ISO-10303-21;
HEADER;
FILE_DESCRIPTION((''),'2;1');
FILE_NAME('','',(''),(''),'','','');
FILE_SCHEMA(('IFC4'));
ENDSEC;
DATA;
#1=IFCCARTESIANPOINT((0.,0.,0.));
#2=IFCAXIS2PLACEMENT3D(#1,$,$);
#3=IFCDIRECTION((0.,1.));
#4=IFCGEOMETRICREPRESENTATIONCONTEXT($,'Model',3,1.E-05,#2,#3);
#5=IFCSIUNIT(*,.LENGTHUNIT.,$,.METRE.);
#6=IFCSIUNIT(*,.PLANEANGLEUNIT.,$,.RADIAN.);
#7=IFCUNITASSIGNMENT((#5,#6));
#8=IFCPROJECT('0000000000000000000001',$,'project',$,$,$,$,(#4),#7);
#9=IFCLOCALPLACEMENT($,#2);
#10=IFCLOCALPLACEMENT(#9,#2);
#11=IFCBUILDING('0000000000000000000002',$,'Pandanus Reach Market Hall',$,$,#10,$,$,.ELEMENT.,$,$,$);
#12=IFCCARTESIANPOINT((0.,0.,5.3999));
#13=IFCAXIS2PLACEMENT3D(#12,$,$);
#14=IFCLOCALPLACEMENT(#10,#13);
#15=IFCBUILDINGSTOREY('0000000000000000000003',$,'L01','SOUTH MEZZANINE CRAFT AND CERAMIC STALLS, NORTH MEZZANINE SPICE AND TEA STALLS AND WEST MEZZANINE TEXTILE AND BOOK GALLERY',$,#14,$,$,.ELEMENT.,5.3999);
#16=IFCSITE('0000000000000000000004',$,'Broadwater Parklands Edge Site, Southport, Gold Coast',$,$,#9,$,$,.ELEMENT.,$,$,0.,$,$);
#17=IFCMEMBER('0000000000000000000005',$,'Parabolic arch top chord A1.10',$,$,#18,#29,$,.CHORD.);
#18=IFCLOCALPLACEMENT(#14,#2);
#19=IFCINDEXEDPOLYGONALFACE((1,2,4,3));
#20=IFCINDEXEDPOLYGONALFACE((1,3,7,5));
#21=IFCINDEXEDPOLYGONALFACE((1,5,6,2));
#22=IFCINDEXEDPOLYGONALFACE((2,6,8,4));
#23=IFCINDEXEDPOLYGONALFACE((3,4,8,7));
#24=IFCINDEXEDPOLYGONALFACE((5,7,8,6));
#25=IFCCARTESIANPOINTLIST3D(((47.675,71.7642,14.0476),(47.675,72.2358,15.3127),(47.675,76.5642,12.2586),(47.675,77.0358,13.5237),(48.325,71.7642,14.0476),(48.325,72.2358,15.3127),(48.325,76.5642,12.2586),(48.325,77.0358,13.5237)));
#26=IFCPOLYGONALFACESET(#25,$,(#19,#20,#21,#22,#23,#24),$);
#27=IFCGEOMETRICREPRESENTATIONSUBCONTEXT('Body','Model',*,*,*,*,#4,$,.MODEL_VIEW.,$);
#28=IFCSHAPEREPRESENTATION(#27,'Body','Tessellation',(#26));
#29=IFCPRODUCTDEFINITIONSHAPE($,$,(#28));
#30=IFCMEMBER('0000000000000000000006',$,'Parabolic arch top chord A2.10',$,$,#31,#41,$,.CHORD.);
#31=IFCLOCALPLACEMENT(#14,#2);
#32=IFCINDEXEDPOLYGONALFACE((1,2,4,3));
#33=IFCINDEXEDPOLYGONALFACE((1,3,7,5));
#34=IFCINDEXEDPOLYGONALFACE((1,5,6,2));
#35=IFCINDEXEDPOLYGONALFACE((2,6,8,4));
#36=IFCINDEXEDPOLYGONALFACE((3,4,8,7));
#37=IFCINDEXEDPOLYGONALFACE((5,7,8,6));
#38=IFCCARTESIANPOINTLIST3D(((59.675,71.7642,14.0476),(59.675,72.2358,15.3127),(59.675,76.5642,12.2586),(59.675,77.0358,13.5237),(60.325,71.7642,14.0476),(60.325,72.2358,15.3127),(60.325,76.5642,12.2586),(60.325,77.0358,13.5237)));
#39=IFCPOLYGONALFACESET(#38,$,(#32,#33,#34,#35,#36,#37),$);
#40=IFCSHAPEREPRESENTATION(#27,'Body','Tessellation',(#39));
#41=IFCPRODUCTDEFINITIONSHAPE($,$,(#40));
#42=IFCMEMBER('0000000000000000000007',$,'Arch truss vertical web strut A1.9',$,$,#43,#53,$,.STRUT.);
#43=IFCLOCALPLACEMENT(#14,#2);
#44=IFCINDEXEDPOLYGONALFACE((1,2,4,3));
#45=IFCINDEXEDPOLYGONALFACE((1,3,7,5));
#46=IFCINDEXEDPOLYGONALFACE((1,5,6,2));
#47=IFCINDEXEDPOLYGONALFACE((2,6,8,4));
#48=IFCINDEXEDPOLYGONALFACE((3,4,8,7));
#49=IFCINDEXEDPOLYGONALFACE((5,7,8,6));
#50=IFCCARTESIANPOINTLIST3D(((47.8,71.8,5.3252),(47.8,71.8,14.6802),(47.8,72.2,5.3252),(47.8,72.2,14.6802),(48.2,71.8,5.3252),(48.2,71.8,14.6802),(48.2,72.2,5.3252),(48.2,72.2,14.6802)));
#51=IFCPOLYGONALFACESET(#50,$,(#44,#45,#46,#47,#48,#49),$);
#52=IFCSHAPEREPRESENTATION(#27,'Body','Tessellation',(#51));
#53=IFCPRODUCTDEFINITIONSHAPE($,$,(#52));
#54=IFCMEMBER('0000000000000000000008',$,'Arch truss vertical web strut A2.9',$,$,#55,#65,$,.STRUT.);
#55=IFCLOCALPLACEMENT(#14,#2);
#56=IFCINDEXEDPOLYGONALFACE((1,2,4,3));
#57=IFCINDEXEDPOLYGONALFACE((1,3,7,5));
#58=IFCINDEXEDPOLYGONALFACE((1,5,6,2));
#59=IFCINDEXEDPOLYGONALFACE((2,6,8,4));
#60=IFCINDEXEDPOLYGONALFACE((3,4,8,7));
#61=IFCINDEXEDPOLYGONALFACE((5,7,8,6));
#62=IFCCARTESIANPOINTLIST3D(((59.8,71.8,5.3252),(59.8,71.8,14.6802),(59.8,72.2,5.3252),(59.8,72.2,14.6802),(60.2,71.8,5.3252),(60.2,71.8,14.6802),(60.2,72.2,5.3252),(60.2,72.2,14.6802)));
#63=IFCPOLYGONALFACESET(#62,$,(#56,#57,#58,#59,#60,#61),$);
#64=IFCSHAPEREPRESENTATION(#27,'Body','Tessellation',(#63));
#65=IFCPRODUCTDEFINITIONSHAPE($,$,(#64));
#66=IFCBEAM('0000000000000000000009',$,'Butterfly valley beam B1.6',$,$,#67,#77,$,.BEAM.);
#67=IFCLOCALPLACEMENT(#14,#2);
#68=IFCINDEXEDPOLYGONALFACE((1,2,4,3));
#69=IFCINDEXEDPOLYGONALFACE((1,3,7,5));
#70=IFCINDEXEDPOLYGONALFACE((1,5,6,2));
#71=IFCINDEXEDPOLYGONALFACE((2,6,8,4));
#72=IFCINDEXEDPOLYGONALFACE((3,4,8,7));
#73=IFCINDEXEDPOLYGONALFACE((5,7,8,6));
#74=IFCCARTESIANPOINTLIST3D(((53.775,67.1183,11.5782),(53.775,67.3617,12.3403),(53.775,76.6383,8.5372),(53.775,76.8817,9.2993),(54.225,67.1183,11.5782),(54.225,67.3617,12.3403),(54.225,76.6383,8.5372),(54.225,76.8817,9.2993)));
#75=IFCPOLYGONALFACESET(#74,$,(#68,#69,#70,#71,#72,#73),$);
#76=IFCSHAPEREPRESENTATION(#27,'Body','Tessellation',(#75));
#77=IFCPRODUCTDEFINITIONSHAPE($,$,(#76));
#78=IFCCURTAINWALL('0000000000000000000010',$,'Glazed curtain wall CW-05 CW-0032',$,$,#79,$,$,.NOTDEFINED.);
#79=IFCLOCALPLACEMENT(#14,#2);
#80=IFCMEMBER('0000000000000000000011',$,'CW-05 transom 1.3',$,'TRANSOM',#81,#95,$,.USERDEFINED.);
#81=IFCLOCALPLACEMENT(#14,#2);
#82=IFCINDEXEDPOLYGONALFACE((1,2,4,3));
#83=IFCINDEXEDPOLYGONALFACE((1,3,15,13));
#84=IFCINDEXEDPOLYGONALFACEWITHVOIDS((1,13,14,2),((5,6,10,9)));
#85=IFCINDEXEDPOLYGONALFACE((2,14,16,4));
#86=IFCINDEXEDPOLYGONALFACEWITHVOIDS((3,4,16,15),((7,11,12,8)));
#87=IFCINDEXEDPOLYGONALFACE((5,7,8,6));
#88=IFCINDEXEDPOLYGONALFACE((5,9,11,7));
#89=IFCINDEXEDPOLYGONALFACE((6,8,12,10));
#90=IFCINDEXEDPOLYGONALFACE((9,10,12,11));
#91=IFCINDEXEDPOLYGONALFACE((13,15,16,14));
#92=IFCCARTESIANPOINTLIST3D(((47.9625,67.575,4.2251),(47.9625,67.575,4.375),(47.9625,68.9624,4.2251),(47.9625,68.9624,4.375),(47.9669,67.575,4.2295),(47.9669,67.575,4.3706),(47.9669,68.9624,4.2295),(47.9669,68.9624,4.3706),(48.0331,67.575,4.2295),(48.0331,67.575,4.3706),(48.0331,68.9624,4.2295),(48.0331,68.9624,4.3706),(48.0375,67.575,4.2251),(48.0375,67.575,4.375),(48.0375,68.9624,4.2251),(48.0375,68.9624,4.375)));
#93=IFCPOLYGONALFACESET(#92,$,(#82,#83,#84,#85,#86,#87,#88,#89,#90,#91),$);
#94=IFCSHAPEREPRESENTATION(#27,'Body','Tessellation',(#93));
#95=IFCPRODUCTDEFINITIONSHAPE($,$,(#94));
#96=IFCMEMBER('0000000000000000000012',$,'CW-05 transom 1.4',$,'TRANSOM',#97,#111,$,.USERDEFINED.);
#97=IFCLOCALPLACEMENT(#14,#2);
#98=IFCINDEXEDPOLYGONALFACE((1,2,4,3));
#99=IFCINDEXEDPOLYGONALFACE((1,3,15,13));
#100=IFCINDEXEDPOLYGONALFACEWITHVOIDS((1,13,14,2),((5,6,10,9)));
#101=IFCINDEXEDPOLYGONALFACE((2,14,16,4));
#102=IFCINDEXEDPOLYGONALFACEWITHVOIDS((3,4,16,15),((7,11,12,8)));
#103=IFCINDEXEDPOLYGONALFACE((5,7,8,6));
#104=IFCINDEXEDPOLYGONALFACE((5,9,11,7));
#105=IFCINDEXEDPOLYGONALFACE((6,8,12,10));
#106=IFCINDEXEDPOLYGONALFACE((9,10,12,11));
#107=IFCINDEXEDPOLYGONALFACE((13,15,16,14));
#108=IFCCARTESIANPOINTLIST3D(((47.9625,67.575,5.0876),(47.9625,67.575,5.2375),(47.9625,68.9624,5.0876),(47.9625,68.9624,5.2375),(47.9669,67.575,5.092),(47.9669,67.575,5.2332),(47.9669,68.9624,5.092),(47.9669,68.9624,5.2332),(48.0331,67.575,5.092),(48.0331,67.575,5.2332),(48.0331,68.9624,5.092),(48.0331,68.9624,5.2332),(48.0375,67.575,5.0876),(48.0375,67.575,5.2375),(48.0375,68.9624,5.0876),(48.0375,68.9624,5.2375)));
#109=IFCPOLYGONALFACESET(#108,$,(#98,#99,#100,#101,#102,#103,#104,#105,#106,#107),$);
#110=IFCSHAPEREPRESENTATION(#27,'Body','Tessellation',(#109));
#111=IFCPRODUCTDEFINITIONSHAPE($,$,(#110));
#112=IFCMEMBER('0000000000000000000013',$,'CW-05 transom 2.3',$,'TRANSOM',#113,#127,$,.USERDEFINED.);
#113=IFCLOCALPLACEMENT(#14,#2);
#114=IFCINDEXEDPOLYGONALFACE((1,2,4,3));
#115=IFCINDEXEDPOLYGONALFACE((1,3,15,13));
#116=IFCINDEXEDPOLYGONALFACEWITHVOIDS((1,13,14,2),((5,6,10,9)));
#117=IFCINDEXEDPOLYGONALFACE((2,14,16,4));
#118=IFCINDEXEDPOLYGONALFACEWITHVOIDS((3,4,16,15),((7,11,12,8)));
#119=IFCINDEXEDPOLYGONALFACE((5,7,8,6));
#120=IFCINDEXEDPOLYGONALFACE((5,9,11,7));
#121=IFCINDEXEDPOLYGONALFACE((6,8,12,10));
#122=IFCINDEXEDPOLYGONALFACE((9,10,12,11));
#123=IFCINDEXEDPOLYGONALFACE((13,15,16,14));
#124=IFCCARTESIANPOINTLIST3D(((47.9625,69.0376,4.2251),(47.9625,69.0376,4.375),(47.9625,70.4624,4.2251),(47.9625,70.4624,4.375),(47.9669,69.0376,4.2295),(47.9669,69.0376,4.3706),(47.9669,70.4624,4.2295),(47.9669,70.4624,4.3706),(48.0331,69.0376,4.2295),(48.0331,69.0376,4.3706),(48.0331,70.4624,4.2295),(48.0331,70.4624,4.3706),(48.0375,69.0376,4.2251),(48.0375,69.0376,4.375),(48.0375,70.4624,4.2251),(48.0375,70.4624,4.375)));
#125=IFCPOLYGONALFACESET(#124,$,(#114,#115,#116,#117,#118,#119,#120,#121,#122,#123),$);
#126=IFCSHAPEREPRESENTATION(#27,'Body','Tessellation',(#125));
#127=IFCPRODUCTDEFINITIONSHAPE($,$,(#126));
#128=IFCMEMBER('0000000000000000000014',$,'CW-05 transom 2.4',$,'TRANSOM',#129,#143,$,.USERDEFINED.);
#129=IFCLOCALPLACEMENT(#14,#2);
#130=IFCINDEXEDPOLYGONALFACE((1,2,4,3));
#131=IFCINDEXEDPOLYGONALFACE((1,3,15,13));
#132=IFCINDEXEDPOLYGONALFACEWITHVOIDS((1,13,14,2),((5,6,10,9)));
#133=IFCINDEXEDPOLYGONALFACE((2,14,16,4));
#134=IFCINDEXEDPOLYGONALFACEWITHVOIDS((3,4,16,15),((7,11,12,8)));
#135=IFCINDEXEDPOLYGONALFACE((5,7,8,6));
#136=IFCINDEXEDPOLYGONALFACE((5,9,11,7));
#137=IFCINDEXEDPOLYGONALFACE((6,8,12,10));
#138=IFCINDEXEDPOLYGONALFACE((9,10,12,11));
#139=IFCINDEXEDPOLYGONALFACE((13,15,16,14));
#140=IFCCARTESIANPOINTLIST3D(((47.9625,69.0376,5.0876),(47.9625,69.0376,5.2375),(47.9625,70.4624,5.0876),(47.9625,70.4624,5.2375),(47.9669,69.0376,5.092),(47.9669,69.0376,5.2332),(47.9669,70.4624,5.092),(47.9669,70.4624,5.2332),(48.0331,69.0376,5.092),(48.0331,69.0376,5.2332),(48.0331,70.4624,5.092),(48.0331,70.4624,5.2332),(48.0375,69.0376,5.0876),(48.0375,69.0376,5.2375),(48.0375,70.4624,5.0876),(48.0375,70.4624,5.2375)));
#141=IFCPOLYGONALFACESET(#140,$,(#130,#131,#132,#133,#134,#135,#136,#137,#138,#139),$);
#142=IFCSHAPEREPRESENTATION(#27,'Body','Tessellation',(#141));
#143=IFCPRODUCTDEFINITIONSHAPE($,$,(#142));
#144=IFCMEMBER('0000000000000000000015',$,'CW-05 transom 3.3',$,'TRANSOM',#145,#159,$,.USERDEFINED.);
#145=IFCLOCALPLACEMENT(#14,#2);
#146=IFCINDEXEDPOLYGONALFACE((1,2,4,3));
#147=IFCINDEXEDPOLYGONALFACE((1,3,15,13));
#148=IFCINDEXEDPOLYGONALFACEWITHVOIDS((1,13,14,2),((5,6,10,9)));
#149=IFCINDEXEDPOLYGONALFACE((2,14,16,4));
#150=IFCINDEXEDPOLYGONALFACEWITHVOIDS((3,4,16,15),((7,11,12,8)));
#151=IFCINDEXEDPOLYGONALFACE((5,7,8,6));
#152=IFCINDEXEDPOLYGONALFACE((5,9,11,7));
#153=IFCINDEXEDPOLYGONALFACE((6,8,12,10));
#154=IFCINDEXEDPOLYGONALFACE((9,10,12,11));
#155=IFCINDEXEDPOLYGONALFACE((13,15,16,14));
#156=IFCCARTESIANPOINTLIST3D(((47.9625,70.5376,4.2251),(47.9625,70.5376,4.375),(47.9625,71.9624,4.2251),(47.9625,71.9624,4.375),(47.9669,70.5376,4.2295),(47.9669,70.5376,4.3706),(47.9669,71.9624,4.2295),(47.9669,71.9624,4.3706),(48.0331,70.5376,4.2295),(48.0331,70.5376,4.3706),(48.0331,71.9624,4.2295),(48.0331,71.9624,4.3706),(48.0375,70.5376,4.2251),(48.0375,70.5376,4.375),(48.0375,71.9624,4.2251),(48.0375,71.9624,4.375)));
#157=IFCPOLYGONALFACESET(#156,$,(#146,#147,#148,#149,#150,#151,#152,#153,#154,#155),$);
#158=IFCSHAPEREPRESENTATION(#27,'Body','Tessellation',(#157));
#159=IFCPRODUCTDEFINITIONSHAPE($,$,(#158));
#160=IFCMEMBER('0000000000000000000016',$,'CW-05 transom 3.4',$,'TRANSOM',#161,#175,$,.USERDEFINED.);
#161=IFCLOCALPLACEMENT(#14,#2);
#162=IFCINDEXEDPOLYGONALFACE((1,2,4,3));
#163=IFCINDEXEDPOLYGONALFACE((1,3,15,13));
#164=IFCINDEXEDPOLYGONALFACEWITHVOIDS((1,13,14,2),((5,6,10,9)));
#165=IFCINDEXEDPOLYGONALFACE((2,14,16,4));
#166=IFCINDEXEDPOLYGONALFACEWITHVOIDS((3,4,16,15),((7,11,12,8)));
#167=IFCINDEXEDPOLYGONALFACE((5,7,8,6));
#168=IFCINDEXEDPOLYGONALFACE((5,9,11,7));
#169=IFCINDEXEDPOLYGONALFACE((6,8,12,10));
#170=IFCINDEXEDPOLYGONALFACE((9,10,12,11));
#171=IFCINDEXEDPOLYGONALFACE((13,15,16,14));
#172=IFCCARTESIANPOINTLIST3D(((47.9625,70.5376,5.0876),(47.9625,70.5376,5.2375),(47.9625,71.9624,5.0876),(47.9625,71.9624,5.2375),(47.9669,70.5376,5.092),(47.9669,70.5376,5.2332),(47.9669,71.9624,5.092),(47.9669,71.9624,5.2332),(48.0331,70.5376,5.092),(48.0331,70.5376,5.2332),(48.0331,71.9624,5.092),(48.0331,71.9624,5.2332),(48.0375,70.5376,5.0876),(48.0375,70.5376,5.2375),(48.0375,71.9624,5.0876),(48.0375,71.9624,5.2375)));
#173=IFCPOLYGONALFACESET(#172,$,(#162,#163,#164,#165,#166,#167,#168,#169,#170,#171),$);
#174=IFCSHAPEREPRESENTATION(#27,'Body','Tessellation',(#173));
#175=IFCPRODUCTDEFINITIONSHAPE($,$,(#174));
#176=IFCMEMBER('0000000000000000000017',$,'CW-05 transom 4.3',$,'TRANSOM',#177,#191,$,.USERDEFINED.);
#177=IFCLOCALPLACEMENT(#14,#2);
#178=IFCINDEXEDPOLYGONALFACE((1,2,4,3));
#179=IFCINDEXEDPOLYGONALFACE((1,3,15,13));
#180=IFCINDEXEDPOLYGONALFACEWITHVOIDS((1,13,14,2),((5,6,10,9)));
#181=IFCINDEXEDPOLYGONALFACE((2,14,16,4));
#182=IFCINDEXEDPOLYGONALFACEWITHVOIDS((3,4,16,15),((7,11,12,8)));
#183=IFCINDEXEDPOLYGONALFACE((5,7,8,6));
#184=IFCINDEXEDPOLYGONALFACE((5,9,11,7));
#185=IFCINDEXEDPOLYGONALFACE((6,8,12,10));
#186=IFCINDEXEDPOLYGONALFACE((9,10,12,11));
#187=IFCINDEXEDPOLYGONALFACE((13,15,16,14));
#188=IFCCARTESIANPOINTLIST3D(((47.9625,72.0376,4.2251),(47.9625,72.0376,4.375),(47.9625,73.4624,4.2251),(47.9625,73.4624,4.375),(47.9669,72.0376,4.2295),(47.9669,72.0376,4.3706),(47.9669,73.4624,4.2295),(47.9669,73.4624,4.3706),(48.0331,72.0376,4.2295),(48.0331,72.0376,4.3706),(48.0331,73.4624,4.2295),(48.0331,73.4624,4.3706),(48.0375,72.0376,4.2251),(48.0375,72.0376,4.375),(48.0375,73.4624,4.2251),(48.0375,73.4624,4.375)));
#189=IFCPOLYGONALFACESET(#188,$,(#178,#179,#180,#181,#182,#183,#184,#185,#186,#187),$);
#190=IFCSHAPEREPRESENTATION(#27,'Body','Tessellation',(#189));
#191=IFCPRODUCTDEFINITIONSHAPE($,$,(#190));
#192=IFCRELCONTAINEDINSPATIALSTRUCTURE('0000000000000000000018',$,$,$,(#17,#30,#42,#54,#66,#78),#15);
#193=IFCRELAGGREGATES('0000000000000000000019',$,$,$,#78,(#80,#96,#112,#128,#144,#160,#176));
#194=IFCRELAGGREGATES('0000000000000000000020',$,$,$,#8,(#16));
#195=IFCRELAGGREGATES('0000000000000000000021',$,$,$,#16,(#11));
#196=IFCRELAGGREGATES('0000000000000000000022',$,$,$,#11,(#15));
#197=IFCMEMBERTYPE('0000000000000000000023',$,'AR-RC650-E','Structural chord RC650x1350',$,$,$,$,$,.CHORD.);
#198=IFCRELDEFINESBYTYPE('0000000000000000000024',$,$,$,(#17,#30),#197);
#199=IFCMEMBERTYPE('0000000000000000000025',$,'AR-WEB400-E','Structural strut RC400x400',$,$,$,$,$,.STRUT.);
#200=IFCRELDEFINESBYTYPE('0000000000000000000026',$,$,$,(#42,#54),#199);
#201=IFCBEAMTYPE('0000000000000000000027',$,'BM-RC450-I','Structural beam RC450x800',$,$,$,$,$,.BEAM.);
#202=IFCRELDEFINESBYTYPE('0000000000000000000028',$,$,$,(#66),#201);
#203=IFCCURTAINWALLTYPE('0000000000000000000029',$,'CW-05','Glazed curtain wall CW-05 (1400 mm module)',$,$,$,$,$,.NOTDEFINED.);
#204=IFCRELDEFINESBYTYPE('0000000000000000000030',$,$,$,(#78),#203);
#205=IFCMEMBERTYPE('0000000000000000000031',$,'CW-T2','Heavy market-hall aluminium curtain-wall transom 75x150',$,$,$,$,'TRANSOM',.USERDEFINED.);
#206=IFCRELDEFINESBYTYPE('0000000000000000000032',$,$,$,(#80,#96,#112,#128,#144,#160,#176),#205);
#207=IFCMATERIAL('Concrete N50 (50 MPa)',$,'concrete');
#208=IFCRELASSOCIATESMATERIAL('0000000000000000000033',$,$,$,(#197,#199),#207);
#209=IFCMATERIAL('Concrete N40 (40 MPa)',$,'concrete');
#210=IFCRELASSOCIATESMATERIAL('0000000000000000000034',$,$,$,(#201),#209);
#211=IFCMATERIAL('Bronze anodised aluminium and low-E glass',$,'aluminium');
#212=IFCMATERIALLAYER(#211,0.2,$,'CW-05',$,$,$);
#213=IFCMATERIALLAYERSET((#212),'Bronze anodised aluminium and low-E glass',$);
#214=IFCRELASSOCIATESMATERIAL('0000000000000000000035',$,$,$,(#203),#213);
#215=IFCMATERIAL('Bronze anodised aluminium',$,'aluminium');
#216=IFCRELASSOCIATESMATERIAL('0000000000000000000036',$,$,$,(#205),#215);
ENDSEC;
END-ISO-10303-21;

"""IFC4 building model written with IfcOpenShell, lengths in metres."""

from ifc_helpers import new_model, si_unit, direction, frame, origin, origin_2d, place, context, subcontext, project, spatial, rectangle, hollow_rectangle, extrude, material, layer, layer_set, material_profile, profile_set, type_object, element, aggregate, save


model = new_model("IFC4")

# Units and contexts
model_context = context("Model", 3, precision=1e-05, world=origin(), true_north=direction((0.0, 1.0)))
body_context = subcontext(model_context, "Body", "Model", "MODEL_VIEW")
ifc_project = project(units=[si_unit("LENGTHUNIT", "METRE"), si_unit("PLANEANGLEUNIT", "RADIAN")], contexts=[model_context])

# Site, building, storey
site_placement = place(None, origin())
site = spatial("IfcSite", under=ifc_project, at=site_placement, Name="Broadwater Parklands Edge Site, Southport, Gold Coast", CompositionType="ELEMENT", RefElevation=0.0)
building_placement = place(site_placement, origin())
building = spatial("IfcBuilding", under=site, at=building_placement, Name="Pandanus Reach Market Hall", CompositionType="ELEMENT")
storey_placement = place(building_placement, frame((0.0, 0.0, 5.3999)))
storey = spatial("IfcBuildingStorey", under=building, at=storey_placement, Name="L01", Description="SOUTH MEZZANINE CRAFT AND CERAMIC STALLS, NORTH MEZZANINE SPICE AND TEA STALLS AND WEST MEZZANINE TEXTILE AND BOOK GALLERY", CompositionType="ELEMENT", Elevation=5.3999)

# Members
ifc_material_1 = material(Name="Concrete N50 (50 MPa)", Category="concrete")
ifc_material_profile_1 = material_profile(ifc_material_1, rectangle(XDim=0.6499, YDim=1.3501, at=origin_2d()), Name="RC650x1350", Category="LoadBearing")
ifc_profile_set_1 = profile_set([ifc_material_profile_1], Name="Concrete N50 (50 MPa)")
member_type_1 = type_object("IfcMemberType", Name="AR-RC650-E", Description="Structural chord RC650x1350", PredefinedType="CHORD", material=ifc_profile_set_1)
for number, where, z_axis, x_axis, name in (
    (1, (48.0, 72.0, 14.6802), (0.0, 0.93703, -0.349248), (-1.0, 0.0, 0.0), "Parabolic arch top chord A1.10"),
    (2, (60.0, 72.0, 14.6802), (0.0, 0.93703, -0.349248), (-1.0, 0.0, 0.0), "Parabolic arch top chord A2.10"),
):
    element("IfcMember", number, at=place(storey_placement, frame(where, z_axis=z_axis, x_axis=x_axis)), inside=storey, type_object=member_type_1, Name=name, PredefinedType="CHORD", context=body_context, shape_type="SweptSolid", body=[
        extrude(rectangle(XDim=0.6499, YDim=1.3501, at=origin_2d()), origin(), (0.0, 0.0, 1.0), 5.1226),
    ])
ifc_material_profile_2 = material_profile(ifc_material_1, rectangle(XDim=0.3999, YDim=0.3999, at=origin_2d()), Name="RC400x400", Category="LoadBearing")
ifc_profile_set_2 = profile_set([ifc_material_profile_2], Name="Concrete N50 (50 MPa)")
member_type_2 = type_object("IfcMemberType", Name="AR-WEB400-E", Description="Structural strut RC400x400", PredefinedType="STRUT", material=ifc_profile_set_2)
for number, where, z_axis, x_axis, name in (
    (3, (48.0, 72.0, 5.3252), (0.0, 0.0, 1.0), (1.0, 0.0, 0.0), "Arch truss vertical web strut A1.9"),
    (4, (60.0, 72.0, 5.3252), (0.0, 0.0, 1.0), (1.0, 0.0, 0.0), "Arch truss vertical web strut A2.9"),
):
    element("IfcMember", number, at=place(storey_placement, frame(where, z_axis=z_axis, x_axis=x_axis)), inside=storey, type_object=member_type_2, Name=name, PredefinedType="STRUT", context=body_context, shape_type="SweptSolid", body=[
        extrude(rectangle(XDim=0.3999, YDim=0.3999, at=origin_2d()), origin(), (0.0, 0.0, 1.0), 9.355),
    ])

# Beam
ifc_material_2 = material(Name="Concrete N40 (40 MPa)", Category="concrete")
ifc_material_profile_3 = material_profile(ifc_material_2, rectangle(XDim=0.45, YDim=0.8, at=origin_2d()), Name="RC450x800", Category="LoadBearing")
ifc_profile_set_3 = profile_set([ifc_material_profile_3], Name="Concrete N40 (40 MPa)")
beam_type = type_object("IfcBeamType", Name="BM-RC450-I", Description="Structural beam RC450x800", PredefinedType="BEAM", material=ifc_profile_set_3)
beam_placement = place(storey_placement, frame((54.0, 67.24, 11.9592), z_axis=(0.0, 0.952581, -0.304286), x_axis=(-1.0, 0.0, 0.0)))
element("IfcBeam", 5, at=beam_placement, inside=storey, type_object=beam_type, Name="Butterfly valley beam B1.6", PredefinedType="BEAM", context=body_context, shape_type="SweptSolid", body=[
    extrude(rectangle(XDim=0.45, YDim=0.8, at=origin_2d()), origin(), (0.0, 0.0, 1.0), 9.9939),
])

# Curtain wall, members
ifc_material_3 = material(Name="Bronze anodised aluminium and low-E glass", Category="aluminium")
ifc_layer_1 = layer(ifc_material_3, 0.2, Name="CW-05")
ifc_layer_set_1 = layer_set([ifc_layer_1], Name="Bronze anodised aluminium and low-E glass")
curtain_wall_type = type_object("IfcCurtainWallType", Name="CW-05", Description="Glazed curtain wall CW-05 (1400 mm module)", PredefinedType="NOTDEFINED", material=ifc_layer_set_1)
curtain_wall_placement = place(storey_placement, origin())
curtain_wall = element("IfcCurtainWall", 6, at=curtain_wall_placement, inside=storey, type_object=curtain_wall_type, Name="Glazed curtain wall CW-05 CW-0032", PredefinedType="NOTDEFINED")
ifc_material_4 = material(Name="Bronze anodised aluminium", Category="aluminium")
ifc_material_profile_4 = material_profile(ifc_material_4, hollow_rectangle(XDim=0.075, YDim=0.1499, WallThickness=0.0044, at=origin_2d()), Name="ALU75x150", Category="LoadBearing")
ifc_profile_set_4 = profile_set([ifc_material_profile_4], Name="Bronze anodised aluminium")
member_type_3 = type_object("IfcMemberType", Name="CW-T2", Description="Heavy market-hall aluminium curtain-wall transom 75x150", ElementType="TRANSOM", PredefinedType="USERDEFINED", material=ifc_profile_set_4)
member_1_placement = place(storey_placement, frame((48.0, 67.575, 4.3), z_axis=(0.0, 1.0, 0.0), x_axis=(-1.0, 0.0, 0.0)))
member_1 = element("IfcMember", 7, at=member_1_placement, type_object=member_type_3, Name="CW-05 transom 1.3", ObjectType="TRANSOM", PredefinedType="USERDEFINED", context=body_context, shape_type="SweptSolid", body=[
    extrude(hollow_rectangle(XDim=0.075, YDim=0.1499, WallThickness=0.0044, at=origin_2d()), origin(), (0.0, 0.0, 1.0), 1.3875),
])
member_2_placement = place(storey_placement, frame((48.0, 67.575, 5.1626), z_axis=(0.0, 1.0, 0.0), x_axis=(-1.0, 0.0, 0.0)))
member_2 = element("IfcMember", 8, at=member_2_placement, type_object=member_type_3, Name="CW-05 transom 1.4", ObjectType="TRANSOM", PredefinedType="USERDEFINED", context=body_context, shape_type="SweptSolid", body=[
    extrude(hollow_rectangle(XDim=0.075, YDim=0.1499, WallThickness=0.0044, at=origin_2d()), origin(), (0.0, 0.0, 1.0), 1.3875),
])
member_3_placement = place(storey_placement, frame((48.0, 69.0376, 4.3), z_axis=(0.0, 1.0, 0.0), x_axis=(-1.0, 0.0, 0.0)))
member_3 = element("IfcMember", 9, at=member_3_placement, type_object=member_type_3, Name="CW-05 transom 2.3", ObjectType="TRANSOM", PredefinedType="USERDEFINED", context=body_context, shape_type="SweptSolid", body=[
    extrude(hollow_rectangle(XDim=0.075, YDim=0.1499, WallThickness=0.0044, at=origin_2d()), origin(), (0.0, 0.0, 1.0), 1.4248),
])
member_4_placement = place(storey_placement, frame((48.0, 69.0376, 5.1626), z_axis=(0.0, 1.0, 0.0), x_axis=(-1.0, 0.0, 0.0)))
member_4 = element("IfcMember", 10, at=member_4_placement, type_object=member_type_3, Name="CW-05 transom 2.4", ObjectType="TRANSOM", PredefinedType="USERDEFINED", context=body_context, shape_type="SweptSolid", body=[
    extrude(hollow_rectangle(XDim=0.075, YDim=0.1499, WallThickness=0.0044, at=origin_2d()), origin(), (0.0, 0.0, 1.0), 1.4248),
])
member_5_placement = place(storey_placement, frame((48.0, 70.5376, 4.3), z_axis=(0.0, 1.0, 0.0), x_axis=(-1.0, 0.0, 0.0)))
member_5 = element("IfcMember", 11, at=member_5_placement, type_object=member_type_3, Name="CW-05 transom 3.3", ObjectType="TRANSOM", PredefinedType="USERDEFINED", context=body_context, shape_type="SweptSolid", body=[
    extrude(hollow_rectangle(XDim=0.075, YDim=0.1499, WallThickness=0.0044, at=origin_2d()), origin(), (0.0, 0.0, 1.0), 1.4248),
])
member_6_placement = place(storey_placement, frame((48.0, 70.5376, 5.1626), z_axis=(0.0, 1.0, 0.0), x_axis=(-1.0, 0.0, 0.0)))
member_6 = element("IfcMember", 12, at=member_6_placement, type_object=member_type_3, Name="CW-05 transom 3.4", ObjectType="TRANSOM", PredefinedType="USERDEFINED", context=body_context, shape_type="SweptSolid", body=[
    extrude(hollow_rectangle(XDim=0.075, YDim=0.1499, WallThickness=0.0044, at=origin_2d()), origin(), (0.0, 0.0, 1.0), 1.4248),
])
member_7_placement = place(storey_placement, frame((48.0, 72.0376, 4.3), z_axis=(0.0, 1.0, 0.0), x_axis=(-1.0, 0.0, 0.0)))
member_7 = element("IfcMember", 13, at=member_7_placement, type_object=member_type_3, Name="CW-05 transom 4.3", ObjectType="TRANSOM", PredefinedType="USERDEFINED", context=body_context, shape_type="SweptSolid", body=[
    extrude(hollow_rectangle(XDim=0.075, YDim=0.1499, WallThickness=0.0044, at=origin_2d()), origin(), (0.0, 0.0, 1.0), 1.4248),
])
aggregate(curtain_wall, [member_1, member_2, member_3, member_4, member_5, member_6, member_7])

save(model, "model.ifc")
